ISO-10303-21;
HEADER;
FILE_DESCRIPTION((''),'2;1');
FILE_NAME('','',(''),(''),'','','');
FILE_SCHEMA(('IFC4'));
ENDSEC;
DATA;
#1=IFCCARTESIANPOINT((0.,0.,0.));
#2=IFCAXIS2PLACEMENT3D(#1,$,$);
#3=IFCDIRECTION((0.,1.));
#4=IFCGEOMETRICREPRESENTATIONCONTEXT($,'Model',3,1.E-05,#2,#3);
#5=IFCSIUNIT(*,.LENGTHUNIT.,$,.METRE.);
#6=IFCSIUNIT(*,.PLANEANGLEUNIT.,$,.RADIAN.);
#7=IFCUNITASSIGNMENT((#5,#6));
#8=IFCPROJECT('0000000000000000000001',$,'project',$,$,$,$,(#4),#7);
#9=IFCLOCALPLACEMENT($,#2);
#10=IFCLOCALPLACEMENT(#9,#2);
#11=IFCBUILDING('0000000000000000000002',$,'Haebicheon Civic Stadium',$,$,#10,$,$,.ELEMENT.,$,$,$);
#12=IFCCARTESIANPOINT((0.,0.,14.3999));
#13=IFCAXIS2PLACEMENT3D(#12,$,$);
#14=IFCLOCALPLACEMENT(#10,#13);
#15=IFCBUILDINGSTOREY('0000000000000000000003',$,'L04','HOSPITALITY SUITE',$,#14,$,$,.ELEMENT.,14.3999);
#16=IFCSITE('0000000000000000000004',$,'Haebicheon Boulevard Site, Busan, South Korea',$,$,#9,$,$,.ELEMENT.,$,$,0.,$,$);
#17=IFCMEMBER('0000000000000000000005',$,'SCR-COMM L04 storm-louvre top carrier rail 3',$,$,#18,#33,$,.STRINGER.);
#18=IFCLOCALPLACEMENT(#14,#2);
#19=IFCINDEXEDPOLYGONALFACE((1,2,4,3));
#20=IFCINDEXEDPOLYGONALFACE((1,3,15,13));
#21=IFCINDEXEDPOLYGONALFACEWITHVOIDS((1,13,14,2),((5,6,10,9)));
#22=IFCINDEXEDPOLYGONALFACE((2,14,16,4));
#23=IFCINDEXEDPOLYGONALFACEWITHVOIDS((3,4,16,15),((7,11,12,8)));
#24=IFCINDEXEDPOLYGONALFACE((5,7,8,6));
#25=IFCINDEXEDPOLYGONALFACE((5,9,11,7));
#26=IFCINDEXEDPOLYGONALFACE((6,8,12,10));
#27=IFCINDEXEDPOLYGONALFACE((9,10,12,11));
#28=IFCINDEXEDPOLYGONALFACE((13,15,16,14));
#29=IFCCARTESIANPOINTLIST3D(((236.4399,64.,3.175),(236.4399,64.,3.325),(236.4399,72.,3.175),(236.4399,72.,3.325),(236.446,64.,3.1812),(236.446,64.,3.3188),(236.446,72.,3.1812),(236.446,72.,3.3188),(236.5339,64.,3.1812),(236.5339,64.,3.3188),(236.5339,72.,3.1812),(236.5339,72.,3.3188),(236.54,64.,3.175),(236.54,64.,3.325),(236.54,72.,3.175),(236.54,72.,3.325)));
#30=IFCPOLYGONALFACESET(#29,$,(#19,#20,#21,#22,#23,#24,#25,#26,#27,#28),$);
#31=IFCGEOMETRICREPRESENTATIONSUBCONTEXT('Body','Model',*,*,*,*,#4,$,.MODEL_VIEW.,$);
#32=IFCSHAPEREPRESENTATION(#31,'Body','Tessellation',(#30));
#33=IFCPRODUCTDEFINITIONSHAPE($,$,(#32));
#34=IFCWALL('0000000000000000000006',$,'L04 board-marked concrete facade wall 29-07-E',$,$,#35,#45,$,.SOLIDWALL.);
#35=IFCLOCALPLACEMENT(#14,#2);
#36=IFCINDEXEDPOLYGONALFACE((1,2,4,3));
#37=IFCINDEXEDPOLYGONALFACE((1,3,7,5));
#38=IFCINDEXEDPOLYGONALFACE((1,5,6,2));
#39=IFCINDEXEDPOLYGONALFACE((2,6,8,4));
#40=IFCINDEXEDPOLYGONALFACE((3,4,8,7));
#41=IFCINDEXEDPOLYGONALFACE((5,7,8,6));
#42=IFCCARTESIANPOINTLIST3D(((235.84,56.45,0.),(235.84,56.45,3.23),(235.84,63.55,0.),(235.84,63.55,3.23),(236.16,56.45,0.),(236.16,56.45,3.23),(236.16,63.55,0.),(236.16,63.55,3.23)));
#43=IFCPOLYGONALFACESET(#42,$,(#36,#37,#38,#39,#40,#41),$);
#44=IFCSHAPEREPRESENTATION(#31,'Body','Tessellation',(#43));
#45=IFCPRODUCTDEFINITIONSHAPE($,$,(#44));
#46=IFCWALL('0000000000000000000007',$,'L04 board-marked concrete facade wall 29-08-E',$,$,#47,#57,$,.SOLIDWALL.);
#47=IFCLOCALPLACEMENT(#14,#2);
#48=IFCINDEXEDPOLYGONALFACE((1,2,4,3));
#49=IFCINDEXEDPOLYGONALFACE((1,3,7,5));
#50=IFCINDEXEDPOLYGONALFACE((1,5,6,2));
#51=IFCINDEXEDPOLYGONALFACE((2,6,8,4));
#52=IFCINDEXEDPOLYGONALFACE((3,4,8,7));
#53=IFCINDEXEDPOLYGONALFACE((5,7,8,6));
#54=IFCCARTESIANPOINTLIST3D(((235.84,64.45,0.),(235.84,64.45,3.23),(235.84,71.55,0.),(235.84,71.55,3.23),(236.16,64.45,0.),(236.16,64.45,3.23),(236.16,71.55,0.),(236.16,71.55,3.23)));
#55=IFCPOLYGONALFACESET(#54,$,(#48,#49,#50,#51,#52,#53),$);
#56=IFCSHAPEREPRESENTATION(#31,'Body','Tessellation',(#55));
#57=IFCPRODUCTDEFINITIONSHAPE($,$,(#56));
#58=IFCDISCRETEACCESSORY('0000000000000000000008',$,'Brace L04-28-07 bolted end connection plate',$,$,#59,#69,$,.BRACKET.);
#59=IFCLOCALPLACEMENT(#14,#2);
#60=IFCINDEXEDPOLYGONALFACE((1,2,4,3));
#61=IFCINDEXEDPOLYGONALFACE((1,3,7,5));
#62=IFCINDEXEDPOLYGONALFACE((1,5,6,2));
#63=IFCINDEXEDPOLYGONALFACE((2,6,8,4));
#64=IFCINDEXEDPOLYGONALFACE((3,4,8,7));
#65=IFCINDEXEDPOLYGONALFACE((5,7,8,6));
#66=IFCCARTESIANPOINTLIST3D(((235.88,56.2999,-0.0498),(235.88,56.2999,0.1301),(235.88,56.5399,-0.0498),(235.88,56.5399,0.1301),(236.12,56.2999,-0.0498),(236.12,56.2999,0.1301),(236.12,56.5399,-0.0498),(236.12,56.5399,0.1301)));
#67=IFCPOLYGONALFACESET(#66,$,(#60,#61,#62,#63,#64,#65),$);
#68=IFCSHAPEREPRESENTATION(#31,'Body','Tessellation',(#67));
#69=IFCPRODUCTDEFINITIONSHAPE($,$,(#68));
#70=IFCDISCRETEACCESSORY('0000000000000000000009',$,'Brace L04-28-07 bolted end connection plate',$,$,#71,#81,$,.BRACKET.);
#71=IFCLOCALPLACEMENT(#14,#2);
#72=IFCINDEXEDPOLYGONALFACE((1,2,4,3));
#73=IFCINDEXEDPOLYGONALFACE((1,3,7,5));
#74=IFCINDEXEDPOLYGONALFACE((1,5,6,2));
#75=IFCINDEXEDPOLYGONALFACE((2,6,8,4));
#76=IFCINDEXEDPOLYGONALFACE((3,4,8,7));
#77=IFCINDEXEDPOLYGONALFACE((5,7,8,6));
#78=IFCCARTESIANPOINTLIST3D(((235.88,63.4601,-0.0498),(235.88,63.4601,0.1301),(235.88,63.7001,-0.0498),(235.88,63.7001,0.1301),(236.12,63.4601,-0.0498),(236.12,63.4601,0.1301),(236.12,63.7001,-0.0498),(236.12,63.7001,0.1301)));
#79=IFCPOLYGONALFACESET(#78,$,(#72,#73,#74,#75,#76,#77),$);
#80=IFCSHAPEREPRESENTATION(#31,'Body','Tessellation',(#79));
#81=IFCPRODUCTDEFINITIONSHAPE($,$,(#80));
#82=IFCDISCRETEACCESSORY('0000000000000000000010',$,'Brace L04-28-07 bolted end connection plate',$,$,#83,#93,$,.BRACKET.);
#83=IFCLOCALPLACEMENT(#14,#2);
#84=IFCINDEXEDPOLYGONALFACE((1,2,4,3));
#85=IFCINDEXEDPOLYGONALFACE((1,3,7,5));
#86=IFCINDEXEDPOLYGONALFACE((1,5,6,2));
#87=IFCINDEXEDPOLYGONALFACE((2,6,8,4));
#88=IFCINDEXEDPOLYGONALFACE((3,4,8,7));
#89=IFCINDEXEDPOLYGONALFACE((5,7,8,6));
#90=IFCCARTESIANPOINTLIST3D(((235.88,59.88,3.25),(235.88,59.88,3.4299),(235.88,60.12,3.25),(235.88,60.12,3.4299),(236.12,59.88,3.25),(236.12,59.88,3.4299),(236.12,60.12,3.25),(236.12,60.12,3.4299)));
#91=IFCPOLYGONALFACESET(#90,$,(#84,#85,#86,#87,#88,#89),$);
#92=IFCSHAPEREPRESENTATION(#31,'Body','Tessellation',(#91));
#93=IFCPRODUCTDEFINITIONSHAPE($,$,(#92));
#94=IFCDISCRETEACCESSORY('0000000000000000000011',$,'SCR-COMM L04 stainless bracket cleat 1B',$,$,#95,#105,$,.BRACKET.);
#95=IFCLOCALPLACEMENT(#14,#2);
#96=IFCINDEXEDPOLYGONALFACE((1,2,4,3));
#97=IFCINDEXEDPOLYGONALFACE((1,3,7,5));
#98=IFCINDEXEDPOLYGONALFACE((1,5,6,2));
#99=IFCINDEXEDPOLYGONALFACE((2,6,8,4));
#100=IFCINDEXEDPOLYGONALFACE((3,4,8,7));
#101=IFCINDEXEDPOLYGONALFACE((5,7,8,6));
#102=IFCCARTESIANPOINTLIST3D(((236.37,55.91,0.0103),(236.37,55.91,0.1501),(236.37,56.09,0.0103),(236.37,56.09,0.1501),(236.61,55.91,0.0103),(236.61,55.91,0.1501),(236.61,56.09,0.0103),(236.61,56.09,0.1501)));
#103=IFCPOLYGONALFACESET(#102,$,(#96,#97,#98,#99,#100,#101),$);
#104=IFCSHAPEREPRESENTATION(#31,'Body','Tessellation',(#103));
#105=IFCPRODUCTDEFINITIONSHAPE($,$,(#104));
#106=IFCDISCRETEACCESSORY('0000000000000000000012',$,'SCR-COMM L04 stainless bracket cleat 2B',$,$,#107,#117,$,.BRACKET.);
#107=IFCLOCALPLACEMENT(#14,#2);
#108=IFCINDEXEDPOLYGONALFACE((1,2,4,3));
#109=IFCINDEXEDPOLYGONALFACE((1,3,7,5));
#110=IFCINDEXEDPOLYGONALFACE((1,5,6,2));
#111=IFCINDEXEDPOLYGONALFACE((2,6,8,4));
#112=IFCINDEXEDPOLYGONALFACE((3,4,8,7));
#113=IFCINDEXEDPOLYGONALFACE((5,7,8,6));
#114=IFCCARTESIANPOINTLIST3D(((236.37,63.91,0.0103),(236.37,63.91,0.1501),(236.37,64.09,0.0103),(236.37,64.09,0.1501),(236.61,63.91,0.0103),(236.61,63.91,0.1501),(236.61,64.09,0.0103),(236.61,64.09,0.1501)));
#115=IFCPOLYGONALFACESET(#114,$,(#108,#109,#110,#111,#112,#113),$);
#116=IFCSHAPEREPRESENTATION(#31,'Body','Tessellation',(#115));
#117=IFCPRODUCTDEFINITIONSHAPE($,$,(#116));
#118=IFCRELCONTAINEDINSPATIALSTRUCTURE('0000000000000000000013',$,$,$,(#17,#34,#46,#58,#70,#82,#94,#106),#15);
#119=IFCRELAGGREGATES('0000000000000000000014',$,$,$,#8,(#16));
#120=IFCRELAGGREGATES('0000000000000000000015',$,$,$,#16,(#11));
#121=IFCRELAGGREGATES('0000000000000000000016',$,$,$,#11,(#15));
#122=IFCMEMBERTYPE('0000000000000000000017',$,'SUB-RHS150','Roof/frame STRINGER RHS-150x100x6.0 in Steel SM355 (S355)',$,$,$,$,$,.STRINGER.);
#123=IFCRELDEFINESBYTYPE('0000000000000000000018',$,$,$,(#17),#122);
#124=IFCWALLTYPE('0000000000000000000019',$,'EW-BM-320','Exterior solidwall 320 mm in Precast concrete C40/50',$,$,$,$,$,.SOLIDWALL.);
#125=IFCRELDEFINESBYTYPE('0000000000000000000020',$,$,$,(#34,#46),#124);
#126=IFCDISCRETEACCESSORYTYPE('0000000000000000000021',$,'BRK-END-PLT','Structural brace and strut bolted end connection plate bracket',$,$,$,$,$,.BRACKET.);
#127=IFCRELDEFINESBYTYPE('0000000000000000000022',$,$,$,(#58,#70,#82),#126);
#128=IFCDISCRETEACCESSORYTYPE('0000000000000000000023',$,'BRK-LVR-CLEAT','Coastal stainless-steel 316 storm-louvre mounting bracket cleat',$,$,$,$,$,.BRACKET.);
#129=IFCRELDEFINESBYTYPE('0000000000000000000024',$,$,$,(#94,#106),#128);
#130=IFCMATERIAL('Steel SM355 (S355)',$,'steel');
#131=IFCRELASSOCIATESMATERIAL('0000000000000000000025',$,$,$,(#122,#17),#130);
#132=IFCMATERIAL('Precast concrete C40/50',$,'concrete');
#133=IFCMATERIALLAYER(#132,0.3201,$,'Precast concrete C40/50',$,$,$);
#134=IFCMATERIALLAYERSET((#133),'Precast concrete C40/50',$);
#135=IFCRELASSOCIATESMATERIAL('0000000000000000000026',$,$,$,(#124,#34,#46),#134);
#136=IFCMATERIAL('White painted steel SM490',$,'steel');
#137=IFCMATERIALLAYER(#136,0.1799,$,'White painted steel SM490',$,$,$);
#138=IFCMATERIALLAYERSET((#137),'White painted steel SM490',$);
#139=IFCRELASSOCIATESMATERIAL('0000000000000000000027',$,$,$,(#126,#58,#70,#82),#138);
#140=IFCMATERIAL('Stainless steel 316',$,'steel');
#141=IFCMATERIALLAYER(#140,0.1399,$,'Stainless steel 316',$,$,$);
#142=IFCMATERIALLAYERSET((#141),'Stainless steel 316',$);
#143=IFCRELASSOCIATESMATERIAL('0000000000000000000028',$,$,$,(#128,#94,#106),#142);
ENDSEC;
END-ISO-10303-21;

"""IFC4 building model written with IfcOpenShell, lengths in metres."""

from ifc_helpers import new_model, si_unit, direction, frame, frame_2d, origin, origin_2d, place, context, subcontext, project, spatial, rectangle, hollow_rectangle, extrude, material, layer, layer_set, material_profile, profile_set, type_object, element, save


model = new_model("IFC4")

# Units and contexts
model_context = context("Model", 3, precision=1e-05, world=origin(), true_north=direction((0.0, 1.0)))
body_context = subcontext(model_context, "Body", "Model", "MODEL_VIEW")
ifc_project = project(units=[si_unit("LENGTHUNIT", "METRE"), si_unit("PLANEANGLEUNIT", "RADIAN")], contexts=[model_context])

# Site, building, storey
site_placement = place(None, origin())
site = spatial("IfcSite", under=ifc_project, at=site_placement, Name="Haebicheon Boulevard Site, Busan, South Korea", CompositionType="ELEMENT", RefElevation=0.0)
building_placement = place(site_placement, origin())
building = spatial("IfcBuilding", under=site, at=building_placement, Name="Haebicheon Civic Stadium", CompositionType="ELEMENT")
storey_placement = place(building_placement, frame((0.0, 0.0, 14.3999)))
storey = spatial("IfcBuildingStorey", under=building, at=storey_placement, Name="L04", Description="HOSPITALITY SUITE", CompositionType="ELEMENT", Elevation=14.3999)

# Member
ifc_material_1 = material(Name="Steel SM355 (S355)", Category="steel")
ifc_material_profile_1 = material_profile(ifc_material_1, hollow_rectangle(XDim=0.1001, YDim=0.1499, WallThickness=0.0061, at=origin_2d()), Name="RHS-150x100x6.0")
ifc_profile_set_1 = profile_set([ifc_material_profile_1], Name="Steel SM355 (S355)")
member_type_1 = type_object("IfcMemberType", Name="SUB-RHS150", Description="Roof/frame STRINGER RHS-150x100x6.0 in Steel SM355 (S355)", PredefinedType="STRINGER", material=ifc_profile_set_1)
for number, where, z_axis, x_axis, name in (
    (1, (236.49, 64.0, 3.25), (0.0, 1.0, 0.0), (-1.0, 0.0, 0.0), "SCR-COMM L04 storm-louvre top carrier rail 3"),
):
    element("IfcMember", number, at=place(storey_placement, frame(where, z_axis=z_axis, x_axis=x_axis)), inside=storey, type_object=member_type_1, material=ifc_profile_set_1, Name=name, PredefinedType="STRINGER", context=body_context, shape_type="SweptSolid", body=[
        extrude(hollow_rectangle(XDim=0.1001, YDim=0.1499, WallThickness=0.0061, at=origin_2d()), origin(), (0.0, 0.0, 1.0), 8.0),
    ])

# Walls
ifc_material_2 = material(Name="Precast concrete C40/50", Category="concrete")
ifc_layer_1 = layer(ifc_material_2, 0.3201, Name="Precast concrete C40/50")
ifc_layer_set_1 = layer_set([ifc_layer_1], Name="Precast concrete C40/50")
wall_type = type_object("IfcWallType", Name="EW-BM-320", Description="Exterior solidwall 320 mm in Precast concrete C40/50", PredefinedType="SOLIDWALL", material=ifc_layer_set_1)
for number, where, z_axis, x_axis, name in (
    (2, (236.0, 56.45, 0.0), (0.0, 0.0, 1.0), (0.0, 1.0, 0.0), "L04 board-marked concrete facade wall 29-07-E"),
    (3, (236.0, 64.45, 0.0), (0.0, 0.0, 1.0), (0.0, 1.0, 0.0), "L04 board-marked concrete facade wall 29-08-E"),
):
    element("IfcWall", number, at=place(storey_placement, frame(where, z_axis=z_axis, x_axis=x_axis)), inside=storey, type_object=wall_type, material=ifc_layer_set_1, Name=name, PredefinedType="SOLIDWALL", context=body_context, shape_type="SweptSolid", body=[
        extrude(rectangle(XDim=7.1001, YDim=0.3201, at=frame_2d((3.55, 0.0))), origin(), (0.0, 0.0, 1.0), 3.23),
    ])

# Discrete accessories
ifc_material_3 = material(Name="White painted steel SM490", Category="steel")
ifc_layer_2 = layer(ifc_material_3, 0.1799, Name="White painted steel SM490")
ifc_layer_set_2 = layer_set([ifc_layer_2], Name="White painted steel SM490")
discrete_accessory_type_1 = type_object("IfcDiscreteAccessoryType", Name="BRK-END-PLT", Description="Structural brace and strut bolted end connection plate bracket", PredefinedType="BRACKET", material=ifc_layer_set_2)
for number, where, z_axis, x_axis, name in (
    (4, (236.0, 56.4199, -0.0498), (0.0, 0.0, 1.0), (1.0, 0.0, 0.0), "Brace L04-28-07 bolted end connection plate"),
    (5, (236.0, 63.5801, -0.0498), (0.0, 0.0, 1.0), (1.0, 0.0, 0.0), "Brace L04-28-07 bolted end connection plate"),
    (6, (236.0, 60.0, 3.25), (0.0, 0.0, 1.0), (1.0, 0.0, 0.0), "Brace L04-28-07 bolted end connection plate"),
):
    element("IfcDiscreteAccessory", number, at=place(storey_placement, frame(where, z_axis=z_axis, x_axis=x_axis)), inside=storey, type_object=discrete_accessory_type_1, material=ifc_layer_set_2, Name=name, PredefinedType="BRACKET", context=body_context, shape_type="SweptSolid", body=[
        extrude(rectangle(XDim=0.24, YDim=0.24, at=origin_2d()), origin(), (0.0, 0.0, 1.0), 0.1799),
    ])
ifc_material_4 = material(Name="Stainless steel 316", Category="steel")
ifc_layer_3 = layer(ifc_material_4, 0.1399, Name="Stainless steel 316")
ifc_layer_set_3 = layer_set([ifc_layer_3], Name="Stainless steel 316")
discrete_accessory_type_2 = type_object("IfcDiscreteAccessoryType", Name="BRK-LVR-CLEAT", Description="Coastal stainless-steel 316 storm-louvre mounting bracket cleat", PredefinedType="BRACKET", material=ifc_layer_set_3)
for number, where, z_axis, x_axis, name in (
    (7, (236.49, 56.0, 0.0103), (0.0, 0.0, 1.0), (1.0, 0.0, 0.0), "SCR-COMM L04 stainless bracket cleat 1B"),
    (8, (236.49, 64.0, 0.0103), (0.0, 0.0, 1.0), (1.0, 0.0, 0.0), "SCR-COMM L04 stainless bracket cleat 2B"),
):
    element("IfcDiscreteAccessory", number, at=place(storey_placement, frame(where, z_axis=z_axis, x_axis=x_axis)), inside=storey, type_object=discrete_accessory_type_2, material=ifc_layer_set_3, Name=name, PredefinedType="BRACKET", context=body_context, shape_type="SweptSolid", body=[
        extrude(rectangle(XDim=0.24, YDim=0.1799, at=origin_2d()), origin(), (0.0, 0.0, 1.0), 0.1399),
    ])

save(model, "model.ifc")
